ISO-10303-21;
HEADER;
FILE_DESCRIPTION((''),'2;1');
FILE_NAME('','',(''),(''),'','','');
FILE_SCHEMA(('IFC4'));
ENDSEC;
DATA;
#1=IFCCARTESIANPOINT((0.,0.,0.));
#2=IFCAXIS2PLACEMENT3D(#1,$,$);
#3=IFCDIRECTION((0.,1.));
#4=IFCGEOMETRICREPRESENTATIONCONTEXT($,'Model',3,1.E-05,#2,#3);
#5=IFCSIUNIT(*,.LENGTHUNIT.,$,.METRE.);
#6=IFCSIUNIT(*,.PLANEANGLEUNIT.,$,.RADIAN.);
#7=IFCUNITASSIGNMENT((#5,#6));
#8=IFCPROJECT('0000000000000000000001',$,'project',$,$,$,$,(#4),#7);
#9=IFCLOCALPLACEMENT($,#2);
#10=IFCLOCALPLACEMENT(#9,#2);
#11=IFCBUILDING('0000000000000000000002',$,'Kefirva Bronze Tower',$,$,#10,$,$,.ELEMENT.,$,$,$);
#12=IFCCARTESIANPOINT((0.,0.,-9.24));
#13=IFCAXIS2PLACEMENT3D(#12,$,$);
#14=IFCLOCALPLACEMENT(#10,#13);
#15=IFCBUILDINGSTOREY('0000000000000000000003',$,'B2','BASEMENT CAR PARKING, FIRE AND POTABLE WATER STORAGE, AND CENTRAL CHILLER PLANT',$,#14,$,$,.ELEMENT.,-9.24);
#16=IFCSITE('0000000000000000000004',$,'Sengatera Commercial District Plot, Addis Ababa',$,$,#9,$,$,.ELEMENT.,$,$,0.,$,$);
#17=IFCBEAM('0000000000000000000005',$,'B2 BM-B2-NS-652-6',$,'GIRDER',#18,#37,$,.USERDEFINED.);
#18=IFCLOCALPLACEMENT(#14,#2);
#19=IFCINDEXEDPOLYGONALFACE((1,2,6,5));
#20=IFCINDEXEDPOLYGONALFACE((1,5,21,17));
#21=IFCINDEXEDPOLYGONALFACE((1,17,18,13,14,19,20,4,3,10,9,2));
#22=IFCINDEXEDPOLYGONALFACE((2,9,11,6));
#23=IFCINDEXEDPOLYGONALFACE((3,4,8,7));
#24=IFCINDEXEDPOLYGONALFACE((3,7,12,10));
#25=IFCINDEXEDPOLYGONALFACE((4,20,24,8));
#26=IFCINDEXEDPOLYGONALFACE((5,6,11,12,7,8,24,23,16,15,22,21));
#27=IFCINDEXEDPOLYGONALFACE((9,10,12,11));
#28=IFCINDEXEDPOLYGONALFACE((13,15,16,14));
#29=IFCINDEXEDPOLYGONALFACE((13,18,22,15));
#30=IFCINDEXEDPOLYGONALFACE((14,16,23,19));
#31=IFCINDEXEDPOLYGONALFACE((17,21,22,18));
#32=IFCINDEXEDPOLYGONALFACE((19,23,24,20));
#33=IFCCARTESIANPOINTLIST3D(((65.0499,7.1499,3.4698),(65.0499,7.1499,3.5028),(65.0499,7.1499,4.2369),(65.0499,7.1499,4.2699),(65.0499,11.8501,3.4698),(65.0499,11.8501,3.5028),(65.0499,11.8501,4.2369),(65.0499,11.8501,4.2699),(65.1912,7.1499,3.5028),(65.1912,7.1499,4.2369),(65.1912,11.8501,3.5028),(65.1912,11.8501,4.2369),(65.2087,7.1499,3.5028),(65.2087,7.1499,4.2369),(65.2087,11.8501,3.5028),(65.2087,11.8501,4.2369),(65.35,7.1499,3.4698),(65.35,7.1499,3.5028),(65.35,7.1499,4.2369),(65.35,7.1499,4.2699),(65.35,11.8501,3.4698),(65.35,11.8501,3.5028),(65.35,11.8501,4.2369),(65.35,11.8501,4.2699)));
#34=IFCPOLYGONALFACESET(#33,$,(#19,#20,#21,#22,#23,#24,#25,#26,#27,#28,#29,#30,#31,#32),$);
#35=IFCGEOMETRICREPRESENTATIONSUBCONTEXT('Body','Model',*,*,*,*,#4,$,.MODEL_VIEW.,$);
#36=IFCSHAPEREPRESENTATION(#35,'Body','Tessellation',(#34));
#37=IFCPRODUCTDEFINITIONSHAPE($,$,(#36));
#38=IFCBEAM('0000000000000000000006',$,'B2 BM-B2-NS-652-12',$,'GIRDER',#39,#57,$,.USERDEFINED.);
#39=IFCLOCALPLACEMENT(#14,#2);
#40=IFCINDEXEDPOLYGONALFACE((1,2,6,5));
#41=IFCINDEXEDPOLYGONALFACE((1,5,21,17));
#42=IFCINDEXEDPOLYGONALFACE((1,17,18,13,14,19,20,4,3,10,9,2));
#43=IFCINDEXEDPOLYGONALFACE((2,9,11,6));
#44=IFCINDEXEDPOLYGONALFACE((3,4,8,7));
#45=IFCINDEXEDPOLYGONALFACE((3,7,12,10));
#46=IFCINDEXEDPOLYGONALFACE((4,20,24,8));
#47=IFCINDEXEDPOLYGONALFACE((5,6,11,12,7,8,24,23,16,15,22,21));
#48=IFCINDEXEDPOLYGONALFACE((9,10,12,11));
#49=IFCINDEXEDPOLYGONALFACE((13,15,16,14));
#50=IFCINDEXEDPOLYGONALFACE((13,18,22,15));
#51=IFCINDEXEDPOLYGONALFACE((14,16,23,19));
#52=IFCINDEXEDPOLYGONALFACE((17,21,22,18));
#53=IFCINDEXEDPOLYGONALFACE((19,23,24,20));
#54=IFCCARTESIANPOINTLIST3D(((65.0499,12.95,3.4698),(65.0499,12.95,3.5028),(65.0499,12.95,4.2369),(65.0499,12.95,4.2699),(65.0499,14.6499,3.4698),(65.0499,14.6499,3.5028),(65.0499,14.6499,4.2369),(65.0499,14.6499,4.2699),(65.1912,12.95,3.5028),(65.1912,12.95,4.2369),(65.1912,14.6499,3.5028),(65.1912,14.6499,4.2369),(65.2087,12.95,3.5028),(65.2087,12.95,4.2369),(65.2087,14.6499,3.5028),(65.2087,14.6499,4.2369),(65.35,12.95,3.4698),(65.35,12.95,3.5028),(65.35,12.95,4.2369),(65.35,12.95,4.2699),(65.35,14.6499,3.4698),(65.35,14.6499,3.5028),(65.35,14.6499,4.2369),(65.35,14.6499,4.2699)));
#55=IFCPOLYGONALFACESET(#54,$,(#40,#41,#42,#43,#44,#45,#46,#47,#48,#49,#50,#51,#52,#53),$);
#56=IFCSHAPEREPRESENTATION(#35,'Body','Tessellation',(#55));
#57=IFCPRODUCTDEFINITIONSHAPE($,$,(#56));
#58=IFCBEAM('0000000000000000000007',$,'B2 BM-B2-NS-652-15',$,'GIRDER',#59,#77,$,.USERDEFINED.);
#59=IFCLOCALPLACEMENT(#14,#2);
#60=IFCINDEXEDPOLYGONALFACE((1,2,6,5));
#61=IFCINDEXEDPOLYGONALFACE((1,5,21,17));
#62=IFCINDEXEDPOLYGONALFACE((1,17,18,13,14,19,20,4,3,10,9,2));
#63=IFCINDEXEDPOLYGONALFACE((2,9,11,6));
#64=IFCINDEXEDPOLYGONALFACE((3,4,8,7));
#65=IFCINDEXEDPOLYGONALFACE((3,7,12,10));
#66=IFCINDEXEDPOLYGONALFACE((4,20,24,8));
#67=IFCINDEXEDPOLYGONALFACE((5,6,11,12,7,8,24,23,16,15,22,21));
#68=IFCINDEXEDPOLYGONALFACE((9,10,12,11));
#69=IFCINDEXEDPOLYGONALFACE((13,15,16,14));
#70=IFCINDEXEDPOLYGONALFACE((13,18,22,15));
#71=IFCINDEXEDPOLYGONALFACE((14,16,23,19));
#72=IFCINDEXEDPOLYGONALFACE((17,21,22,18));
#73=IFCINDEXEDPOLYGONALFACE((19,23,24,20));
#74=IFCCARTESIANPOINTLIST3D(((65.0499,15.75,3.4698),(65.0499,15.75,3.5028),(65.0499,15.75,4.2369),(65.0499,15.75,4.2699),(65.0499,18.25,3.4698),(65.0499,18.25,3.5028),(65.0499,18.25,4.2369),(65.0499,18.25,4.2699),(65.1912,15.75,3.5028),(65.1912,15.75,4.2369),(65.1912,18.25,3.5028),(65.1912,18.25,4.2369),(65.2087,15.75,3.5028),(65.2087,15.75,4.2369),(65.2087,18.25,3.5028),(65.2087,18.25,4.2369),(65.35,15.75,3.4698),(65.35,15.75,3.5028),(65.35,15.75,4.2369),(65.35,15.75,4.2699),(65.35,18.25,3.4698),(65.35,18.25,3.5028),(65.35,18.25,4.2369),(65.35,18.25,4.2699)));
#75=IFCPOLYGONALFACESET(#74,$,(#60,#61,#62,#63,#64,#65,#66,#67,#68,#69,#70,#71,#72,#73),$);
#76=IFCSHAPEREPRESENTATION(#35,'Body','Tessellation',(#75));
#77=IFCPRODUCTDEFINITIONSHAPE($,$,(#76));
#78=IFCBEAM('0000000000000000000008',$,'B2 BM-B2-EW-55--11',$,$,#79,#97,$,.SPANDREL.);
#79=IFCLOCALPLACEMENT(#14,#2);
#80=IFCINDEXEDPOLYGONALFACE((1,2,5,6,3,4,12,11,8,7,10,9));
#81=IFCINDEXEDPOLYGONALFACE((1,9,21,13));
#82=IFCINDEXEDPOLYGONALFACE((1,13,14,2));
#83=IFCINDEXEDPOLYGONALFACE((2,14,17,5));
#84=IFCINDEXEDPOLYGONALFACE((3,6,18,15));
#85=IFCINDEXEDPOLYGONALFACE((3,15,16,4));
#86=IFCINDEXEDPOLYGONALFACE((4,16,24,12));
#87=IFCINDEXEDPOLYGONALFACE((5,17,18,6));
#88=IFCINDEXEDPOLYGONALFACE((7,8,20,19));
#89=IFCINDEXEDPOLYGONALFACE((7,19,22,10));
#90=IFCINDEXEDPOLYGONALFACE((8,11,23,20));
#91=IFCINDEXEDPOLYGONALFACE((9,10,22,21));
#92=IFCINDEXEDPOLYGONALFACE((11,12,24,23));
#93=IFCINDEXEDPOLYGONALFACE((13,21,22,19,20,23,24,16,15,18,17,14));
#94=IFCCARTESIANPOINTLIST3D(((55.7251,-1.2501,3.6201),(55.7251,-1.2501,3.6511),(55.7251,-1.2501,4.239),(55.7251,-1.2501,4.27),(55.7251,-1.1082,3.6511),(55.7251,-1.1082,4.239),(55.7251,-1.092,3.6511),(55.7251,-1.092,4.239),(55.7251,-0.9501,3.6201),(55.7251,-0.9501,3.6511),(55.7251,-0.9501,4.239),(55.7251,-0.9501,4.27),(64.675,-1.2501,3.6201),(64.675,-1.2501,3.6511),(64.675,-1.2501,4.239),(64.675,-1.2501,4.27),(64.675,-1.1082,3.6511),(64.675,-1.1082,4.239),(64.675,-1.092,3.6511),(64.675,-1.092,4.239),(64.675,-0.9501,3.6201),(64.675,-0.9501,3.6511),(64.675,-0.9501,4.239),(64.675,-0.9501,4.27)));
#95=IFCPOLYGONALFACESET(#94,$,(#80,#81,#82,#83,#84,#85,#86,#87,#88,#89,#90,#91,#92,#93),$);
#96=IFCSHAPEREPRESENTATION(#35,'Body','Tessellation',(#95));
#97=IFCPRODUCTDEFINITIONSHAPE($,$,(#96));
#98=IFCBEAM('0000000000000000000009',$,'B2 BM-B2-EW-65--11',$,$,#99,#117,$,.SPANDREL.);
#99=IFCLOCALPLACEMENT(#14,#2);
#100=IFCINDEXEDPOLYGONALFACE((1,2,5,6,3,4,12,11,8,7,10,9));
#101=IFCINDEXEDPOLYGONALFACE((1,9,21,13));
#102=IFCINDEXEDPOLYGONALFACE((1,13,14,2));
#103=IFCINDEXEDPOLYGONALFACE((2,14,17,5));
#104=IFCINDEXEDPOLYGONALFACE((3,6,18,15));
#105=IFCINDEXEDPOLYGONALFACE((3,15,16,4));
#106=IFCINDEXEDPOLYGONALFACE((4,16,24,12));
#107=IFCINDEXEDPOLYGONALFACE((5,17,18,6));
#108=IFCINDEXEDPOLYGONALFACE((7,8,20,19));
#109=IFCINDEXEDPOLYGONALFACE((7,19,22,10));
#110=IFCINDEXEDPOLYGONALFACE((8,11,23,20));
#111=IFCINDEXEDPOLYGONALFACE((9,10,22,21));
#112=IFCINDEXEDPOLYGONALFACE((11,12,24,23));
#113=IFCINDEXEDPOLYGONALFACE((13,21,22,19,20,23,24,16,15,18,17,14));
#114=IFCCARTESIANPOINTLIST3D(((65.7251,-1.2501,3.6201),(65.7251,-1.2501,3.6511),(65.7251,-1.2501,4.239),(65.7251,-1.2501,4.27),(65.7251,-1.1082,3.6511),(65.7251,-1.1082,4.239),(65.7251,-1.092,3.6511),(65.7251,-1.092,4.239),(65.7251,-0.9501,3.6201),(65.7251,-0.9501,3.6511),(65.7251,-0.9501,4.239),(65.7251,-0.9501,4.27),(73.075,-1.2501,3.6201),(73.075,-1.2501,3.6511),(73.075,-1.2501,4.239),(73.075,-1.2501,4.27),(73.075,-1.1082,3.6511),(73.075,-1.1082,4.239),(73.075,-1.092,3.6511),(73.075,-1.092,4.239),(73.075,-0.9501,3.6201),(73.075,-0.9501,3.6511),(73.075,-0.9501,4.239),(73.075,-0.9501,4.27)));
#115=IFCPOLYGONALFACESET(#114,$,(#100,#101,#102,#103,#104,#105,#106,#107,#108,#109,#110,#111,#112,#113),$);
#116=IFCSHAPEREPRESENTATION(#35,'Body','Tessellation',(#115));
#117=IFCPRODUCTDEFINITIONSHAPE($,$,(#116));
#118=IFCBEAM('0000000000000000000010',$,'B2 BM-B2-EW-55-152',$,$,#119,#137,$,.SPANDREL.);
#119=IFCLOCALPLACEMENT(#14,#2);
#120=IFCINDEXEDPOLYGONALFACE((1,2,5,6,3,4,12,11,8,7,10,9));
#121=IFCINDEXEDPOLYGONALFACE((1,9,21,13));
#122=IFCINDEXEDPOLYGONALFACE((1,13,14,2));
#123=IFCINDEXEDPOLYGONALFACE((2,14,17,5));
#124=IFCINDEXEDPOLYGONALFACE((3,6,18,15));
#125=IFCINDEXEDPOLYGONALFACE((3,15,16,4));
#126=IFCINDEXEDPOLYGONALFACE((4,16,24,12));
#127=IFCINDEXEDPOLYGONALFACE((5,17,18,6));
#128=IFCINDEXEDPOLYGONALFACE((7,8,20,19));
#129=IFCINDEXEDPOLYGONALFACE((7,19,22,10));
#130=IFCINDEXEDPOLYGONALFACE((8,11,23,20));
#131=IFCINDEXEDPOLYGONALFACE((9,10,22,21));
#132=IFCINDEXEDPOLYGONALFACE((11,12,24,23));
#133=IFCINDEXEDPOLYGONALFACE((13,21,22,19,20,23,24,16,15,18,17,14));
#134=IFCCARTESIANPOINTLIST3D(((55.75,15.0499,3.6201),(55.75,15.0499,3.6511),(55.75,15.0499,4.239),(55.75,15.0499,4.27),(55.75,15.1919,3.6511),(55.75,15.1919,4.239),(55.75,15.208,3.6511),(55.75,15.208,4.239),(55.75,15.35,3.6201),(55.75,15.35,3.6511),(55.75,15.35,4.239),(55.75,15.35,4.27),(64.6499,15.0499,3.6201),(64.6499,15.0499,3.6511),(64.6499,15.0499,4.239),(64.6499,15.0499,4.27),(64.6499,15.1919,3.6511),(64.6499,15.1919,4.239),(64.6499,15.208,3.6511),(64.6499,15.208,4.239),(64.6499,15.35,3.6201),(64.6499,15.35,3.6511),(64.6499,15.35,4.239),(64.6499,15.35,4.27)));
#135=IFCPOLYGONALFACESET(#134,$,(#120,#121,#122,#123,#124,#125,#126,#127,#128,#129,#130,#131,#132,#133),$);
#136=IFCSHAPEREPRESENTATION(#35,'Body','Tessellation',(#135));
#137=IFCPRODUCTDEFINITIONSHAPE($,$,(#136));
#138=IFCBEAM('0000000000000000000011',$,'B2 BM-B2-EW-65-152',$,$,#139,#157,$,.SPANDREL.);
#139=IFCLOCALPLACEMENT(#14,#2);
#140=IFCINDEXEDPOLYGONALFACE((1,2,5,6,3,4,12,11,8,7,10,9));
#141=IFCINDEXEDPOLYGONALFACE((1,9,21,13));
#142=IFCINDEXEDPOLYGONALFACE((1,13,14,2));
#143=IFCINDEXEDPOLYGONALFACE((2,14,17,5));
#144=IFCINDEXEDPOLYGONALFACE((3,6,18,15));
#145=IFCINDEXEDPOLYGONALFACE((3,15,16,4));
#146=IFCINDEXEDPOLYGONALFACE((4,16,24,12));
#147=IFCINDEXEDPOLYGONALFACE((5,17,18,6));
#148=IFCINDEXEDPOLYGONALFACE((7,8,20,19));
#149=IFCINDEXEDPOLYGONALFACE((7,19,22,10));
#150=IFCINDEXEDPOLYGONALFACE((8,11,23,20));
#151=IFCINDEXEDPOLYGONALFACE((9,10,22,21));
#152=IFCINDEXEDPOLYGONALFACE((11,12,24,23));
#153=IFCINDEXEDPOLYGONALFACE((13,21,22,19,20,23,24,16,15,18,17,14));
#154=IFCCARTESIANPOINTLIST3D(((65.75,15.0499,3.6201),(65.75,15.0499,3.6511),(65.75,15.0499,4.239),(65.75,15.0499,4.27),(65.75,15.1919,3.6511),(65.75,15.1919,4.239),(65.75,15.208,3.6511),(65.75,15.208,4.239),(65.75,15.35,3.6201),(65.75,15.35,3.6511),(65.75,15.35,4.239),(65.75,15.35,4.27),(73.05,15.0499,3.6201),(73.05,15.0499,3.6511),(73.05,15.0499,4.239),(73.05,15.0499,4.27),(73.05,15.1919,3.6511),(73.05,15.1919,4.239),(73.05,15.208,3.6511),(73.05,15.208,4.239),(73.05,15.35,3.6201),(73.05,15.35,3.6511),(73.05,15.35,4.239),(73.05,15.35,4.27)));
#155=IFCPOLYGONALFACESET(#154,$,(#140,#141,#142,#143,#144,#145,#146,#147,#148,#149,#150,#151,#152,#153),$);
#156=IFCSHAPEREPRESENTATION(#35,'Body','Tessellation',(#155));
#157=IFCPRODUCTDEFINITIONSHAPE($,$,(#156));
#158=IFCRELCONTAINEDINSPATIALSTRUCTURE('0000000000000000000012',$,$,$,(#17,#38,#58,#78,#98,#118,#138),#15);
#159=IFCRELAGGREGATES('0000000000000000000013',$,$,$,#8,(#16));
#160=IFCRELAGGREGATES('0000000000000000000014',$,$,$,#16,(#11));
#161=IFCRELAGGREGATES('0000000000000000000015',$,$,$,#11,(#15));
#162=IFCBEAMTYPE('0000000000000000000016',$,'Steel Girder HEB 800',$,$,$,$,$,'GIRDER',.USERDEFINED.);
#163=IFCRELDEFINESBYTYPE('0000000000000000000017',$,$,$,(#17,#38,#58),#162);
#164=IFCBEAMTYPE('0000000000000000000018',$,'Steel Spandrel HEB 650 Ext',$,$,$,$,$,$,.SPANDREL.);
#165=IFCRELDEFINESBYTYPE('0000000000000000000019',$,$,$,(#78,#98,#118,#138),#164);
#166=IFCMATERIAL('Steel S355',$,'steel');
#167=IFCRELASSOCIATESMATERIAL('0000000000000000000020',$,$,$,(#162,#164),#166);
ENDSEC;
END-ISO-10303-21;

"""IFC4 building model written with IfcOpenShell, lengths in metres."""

from ifc_helpers import new_model, si_unit, direction, frame, origin, origin_2d, place, context, subcontext, project, spatial, i_section, extrude, material, material_profile, profile_set, type_object, element, save


model = new_model("IFC4")

# Units and contexts
model_context = context("Model", 3, precision=1e-05, world=origin(), true_north=direction((0.0, 1.0)))
body_context = subcontext(model_context, "Body", "Model", "MODEL_VIEW")
ifc_project = project(units=[si_unit("LENGTHUNIT", "METRE"), si_unit("PLANEANGLEUNIT", "RADIAN")], contexts=[model_context])

# Site, building, storey
site_placement = place(None, origin())
site = spatial("IfcSite", under=ifc_project, at=site_placement, Name="Sengatera Commercial District Plot, Addis Ababa", CompositionType="ELEMENT", RefElevation=0.0)
building_placement = place(site_placement, origin())
building = spatial("IfcBuilding", under=site, at=building_placement, Name="Kefirva Bronze Tower", CompositionType="ELEMENT")
storey_placement = place(building_placement, frame((0.0, 0.0, -9.24)))
storey = spatial("IfcBuildingStorey", under=building, at=storey_placement, Name="B2", Description="BASEMENT CAR PARKING, FIRE AND POTABLE WATER STORAGE, AND CENTRAL CHILLER PLANT", CompositionType="ELEMENT", Elevation=-9.24)

# Beams
ifc_material_1 = material(Name="Steel S355", Category="steel")
ifc_material_profile_1 = material_profile(ifc_material_1, i_section(OverallWidth=0.3, OverallDepth=0.8, WebThickness=0.0176, FlangeThickness=0.033, at=origin_2d()), Name="HEB 800")
ifc_profile_set_1 = profile_set([ifc_material_profile_1], Name="Steel S355")
beam_type_1 = type_object("IfcBeamType", Name="Steel Girder HEB 800", ElementType="GIRDER", PredefinedType="USERDEFINED", material=ifc_profile_set_1)
beam_1_placement = place(storey_placement, frame((65.2, 7.1499, 3.8699), z_axis=(0.0, 1.0, 0.0), x_axis=(-1.0, 0.0, 0.0)))
element("IfcBeam", 1, at=beam_1_placement, inside=storey, type_object=beam_type_1, Name="B2 BM-B2-NS-652-6", ObjectType="GIRDER", PredefinedType="USERDEFINED", context=body_context, shape_type="SweptSolid", body=[
    extrude(i_section(OverallWidth=0.3, OverallDepth=0.8, WebThickness=0.0176, FlangeThickness=0.033, at=origin_2d()), origin(), (0.0, 0.0, 1.0), 4.7002),
])
beam_2_placement = place(storey_placement, frame((65.2, 12.95, 3.8699), z_axis=(0.0, 1.0, 0.0), x_axis=(-1.0, 0.0, 0.0)))
element("IfcBeam", 2, at=beam_2_placement, inside=storey, type_object=beam_type_1, Name="B2 BM-B2-NS-652-12", ObjectType="GIRDER", PredefinedType="USERDEFINED", context=body_context, shape_type="SweptSolid", body=[
    extrude(i_section(OverallWidth=0.3, OverallDepth=0.8, WebThickness=0.0176, FlangeThickness=0.033, at=origin_2d()), origin(), (0.0, 0.0, 1.0), 1.7),
])
beam_3_placement = place(storey_placement, frame((65.2, 15.75, 3.8699), z_axis=(0.0, 1.0, 0.0), x_axis=(-1.0, 0.0, 0.0)))
element("IfcBeam", 3, at=beam_3_placement, inside=storey, type_object=beam_type_1, Name="B2 BM-B2-NS-652-15", ObjectType="GIRDER", PredefinedType="USERDEFINED", context=body_context, shape_type="SweptSolid", body=[
    extrude(i_section(OverallWidth=0.3, OverallDepth=0.8, WebThickness=0.0176, FlangeThickness=0.033, at=origin_2d()), origin(), (0.0, 0.0, 1.0), 2.5),
])
ifc_material_profile_2 = material_profile(ifc_material_1, i_section(OverallWidth=0.3, OverallDepth=0.6499, WebThickness=0.0161, FlangeThickness=0.031, at=origin_2d()), Name="HEB 650")
ifc_profile_set_2 = profile_set([ifc_material_profile_2], Name="Steel S355")
beam_type_2 = type_object("IfcBeamType", Name="Steel Spandrel HEB 650 Ext", PredefinedType="SPANDREL", material=ifc_profile_set_2)
beam_4_placement = place(storey_placement, frame((55.7251, -1.1001, 3.9451), z_axis=(1.0, 0.0, 0.0), x_axis=(0.0, 1.0, 0.0)))
element("IfcBeam", 4, at=beam_4_placement, inside=storey, type_object=beam_type_2, Name="B2 BM-B2-EW-55--11", PredefinedType="SPANDREL", context=body_context, shape_type="SweptSolid", body=[
    extrude(i_section(OverallWidth=0.3, OverallDepth=0.6499, WebThickness=0.0161, FlangeThickness=0.031, at=origin_2d()), origin(), (0.0, 0.0, 1.0), 8.95),
])
beam_5_placement = place(storey_placement, frame((65.7251, -1.1001, 3.9451), z_axis=(1.0, 0.0, 0.0), x_axis=(0.0, 1.0, 0.0)))
element("IfcBeam", 5, at=beam_5_placement, inside=storey, type_object=beam_type_2, Name="B2 BM-B2-EW-65--11", PredefinedType="SPANDREL", context=body_context, shape_type="SweptSolid", body=[
    extrude(i_section(OverallWidth=0.3, OverallDepth=0.6499, WebThickness=0.0161, FlangeThickness=0.031, at=origin_2d()), origin(), (0.0, 0.0, 1.0), 7.3499),
])
beam_6_placement = place(storey_placement, frame((55.75, 15.2, 3.9451), z_axis=(1.0, 0.0, 0.0), x_axis=(0.0, 1.0, 0.0)))
element("IfcBeam", 6, at=beam_6_placement, inside=storey, type_object=beam_type_2, Name="B2 BM-B2-EW-55-152", PredefinedType="SPANDREL", context=body_context, shape_type="SweptSolid", body=[
    extrude(i_section(OverallWidth=0.3, OverallDepth=0.6499, WebThickness=0.0161, FlangeThickness=0.031, at=origin_2d()), origin(), (0.0, 0.0, 1.0), 8.8999),
])
beam_7_placement = place(storey_placement, frame((65.75, 15.2, 3.9451), z_axis=(1.0, 0.0, 0.0), x_axis=(0.0, 1.0, 0.0)))
element("IfcBeam", 7, at=beam_7_placement, inside=storey, type_object=beam_type_2, Name="B2 BM-B2-EW-65-152", PredefinedType="SPANDREL", context=body_context, shape_type="SweptSolid", body=[
    extrude(i_section(OverallWidth=0.3, OverallDepth=0.6499, WebThickness=0.0161, FlangeThickness=0.031, at=origin_2d()), origin(), (0.0, 0.0, 1.0), 7.3),
])

save(model, "model.ifc")
